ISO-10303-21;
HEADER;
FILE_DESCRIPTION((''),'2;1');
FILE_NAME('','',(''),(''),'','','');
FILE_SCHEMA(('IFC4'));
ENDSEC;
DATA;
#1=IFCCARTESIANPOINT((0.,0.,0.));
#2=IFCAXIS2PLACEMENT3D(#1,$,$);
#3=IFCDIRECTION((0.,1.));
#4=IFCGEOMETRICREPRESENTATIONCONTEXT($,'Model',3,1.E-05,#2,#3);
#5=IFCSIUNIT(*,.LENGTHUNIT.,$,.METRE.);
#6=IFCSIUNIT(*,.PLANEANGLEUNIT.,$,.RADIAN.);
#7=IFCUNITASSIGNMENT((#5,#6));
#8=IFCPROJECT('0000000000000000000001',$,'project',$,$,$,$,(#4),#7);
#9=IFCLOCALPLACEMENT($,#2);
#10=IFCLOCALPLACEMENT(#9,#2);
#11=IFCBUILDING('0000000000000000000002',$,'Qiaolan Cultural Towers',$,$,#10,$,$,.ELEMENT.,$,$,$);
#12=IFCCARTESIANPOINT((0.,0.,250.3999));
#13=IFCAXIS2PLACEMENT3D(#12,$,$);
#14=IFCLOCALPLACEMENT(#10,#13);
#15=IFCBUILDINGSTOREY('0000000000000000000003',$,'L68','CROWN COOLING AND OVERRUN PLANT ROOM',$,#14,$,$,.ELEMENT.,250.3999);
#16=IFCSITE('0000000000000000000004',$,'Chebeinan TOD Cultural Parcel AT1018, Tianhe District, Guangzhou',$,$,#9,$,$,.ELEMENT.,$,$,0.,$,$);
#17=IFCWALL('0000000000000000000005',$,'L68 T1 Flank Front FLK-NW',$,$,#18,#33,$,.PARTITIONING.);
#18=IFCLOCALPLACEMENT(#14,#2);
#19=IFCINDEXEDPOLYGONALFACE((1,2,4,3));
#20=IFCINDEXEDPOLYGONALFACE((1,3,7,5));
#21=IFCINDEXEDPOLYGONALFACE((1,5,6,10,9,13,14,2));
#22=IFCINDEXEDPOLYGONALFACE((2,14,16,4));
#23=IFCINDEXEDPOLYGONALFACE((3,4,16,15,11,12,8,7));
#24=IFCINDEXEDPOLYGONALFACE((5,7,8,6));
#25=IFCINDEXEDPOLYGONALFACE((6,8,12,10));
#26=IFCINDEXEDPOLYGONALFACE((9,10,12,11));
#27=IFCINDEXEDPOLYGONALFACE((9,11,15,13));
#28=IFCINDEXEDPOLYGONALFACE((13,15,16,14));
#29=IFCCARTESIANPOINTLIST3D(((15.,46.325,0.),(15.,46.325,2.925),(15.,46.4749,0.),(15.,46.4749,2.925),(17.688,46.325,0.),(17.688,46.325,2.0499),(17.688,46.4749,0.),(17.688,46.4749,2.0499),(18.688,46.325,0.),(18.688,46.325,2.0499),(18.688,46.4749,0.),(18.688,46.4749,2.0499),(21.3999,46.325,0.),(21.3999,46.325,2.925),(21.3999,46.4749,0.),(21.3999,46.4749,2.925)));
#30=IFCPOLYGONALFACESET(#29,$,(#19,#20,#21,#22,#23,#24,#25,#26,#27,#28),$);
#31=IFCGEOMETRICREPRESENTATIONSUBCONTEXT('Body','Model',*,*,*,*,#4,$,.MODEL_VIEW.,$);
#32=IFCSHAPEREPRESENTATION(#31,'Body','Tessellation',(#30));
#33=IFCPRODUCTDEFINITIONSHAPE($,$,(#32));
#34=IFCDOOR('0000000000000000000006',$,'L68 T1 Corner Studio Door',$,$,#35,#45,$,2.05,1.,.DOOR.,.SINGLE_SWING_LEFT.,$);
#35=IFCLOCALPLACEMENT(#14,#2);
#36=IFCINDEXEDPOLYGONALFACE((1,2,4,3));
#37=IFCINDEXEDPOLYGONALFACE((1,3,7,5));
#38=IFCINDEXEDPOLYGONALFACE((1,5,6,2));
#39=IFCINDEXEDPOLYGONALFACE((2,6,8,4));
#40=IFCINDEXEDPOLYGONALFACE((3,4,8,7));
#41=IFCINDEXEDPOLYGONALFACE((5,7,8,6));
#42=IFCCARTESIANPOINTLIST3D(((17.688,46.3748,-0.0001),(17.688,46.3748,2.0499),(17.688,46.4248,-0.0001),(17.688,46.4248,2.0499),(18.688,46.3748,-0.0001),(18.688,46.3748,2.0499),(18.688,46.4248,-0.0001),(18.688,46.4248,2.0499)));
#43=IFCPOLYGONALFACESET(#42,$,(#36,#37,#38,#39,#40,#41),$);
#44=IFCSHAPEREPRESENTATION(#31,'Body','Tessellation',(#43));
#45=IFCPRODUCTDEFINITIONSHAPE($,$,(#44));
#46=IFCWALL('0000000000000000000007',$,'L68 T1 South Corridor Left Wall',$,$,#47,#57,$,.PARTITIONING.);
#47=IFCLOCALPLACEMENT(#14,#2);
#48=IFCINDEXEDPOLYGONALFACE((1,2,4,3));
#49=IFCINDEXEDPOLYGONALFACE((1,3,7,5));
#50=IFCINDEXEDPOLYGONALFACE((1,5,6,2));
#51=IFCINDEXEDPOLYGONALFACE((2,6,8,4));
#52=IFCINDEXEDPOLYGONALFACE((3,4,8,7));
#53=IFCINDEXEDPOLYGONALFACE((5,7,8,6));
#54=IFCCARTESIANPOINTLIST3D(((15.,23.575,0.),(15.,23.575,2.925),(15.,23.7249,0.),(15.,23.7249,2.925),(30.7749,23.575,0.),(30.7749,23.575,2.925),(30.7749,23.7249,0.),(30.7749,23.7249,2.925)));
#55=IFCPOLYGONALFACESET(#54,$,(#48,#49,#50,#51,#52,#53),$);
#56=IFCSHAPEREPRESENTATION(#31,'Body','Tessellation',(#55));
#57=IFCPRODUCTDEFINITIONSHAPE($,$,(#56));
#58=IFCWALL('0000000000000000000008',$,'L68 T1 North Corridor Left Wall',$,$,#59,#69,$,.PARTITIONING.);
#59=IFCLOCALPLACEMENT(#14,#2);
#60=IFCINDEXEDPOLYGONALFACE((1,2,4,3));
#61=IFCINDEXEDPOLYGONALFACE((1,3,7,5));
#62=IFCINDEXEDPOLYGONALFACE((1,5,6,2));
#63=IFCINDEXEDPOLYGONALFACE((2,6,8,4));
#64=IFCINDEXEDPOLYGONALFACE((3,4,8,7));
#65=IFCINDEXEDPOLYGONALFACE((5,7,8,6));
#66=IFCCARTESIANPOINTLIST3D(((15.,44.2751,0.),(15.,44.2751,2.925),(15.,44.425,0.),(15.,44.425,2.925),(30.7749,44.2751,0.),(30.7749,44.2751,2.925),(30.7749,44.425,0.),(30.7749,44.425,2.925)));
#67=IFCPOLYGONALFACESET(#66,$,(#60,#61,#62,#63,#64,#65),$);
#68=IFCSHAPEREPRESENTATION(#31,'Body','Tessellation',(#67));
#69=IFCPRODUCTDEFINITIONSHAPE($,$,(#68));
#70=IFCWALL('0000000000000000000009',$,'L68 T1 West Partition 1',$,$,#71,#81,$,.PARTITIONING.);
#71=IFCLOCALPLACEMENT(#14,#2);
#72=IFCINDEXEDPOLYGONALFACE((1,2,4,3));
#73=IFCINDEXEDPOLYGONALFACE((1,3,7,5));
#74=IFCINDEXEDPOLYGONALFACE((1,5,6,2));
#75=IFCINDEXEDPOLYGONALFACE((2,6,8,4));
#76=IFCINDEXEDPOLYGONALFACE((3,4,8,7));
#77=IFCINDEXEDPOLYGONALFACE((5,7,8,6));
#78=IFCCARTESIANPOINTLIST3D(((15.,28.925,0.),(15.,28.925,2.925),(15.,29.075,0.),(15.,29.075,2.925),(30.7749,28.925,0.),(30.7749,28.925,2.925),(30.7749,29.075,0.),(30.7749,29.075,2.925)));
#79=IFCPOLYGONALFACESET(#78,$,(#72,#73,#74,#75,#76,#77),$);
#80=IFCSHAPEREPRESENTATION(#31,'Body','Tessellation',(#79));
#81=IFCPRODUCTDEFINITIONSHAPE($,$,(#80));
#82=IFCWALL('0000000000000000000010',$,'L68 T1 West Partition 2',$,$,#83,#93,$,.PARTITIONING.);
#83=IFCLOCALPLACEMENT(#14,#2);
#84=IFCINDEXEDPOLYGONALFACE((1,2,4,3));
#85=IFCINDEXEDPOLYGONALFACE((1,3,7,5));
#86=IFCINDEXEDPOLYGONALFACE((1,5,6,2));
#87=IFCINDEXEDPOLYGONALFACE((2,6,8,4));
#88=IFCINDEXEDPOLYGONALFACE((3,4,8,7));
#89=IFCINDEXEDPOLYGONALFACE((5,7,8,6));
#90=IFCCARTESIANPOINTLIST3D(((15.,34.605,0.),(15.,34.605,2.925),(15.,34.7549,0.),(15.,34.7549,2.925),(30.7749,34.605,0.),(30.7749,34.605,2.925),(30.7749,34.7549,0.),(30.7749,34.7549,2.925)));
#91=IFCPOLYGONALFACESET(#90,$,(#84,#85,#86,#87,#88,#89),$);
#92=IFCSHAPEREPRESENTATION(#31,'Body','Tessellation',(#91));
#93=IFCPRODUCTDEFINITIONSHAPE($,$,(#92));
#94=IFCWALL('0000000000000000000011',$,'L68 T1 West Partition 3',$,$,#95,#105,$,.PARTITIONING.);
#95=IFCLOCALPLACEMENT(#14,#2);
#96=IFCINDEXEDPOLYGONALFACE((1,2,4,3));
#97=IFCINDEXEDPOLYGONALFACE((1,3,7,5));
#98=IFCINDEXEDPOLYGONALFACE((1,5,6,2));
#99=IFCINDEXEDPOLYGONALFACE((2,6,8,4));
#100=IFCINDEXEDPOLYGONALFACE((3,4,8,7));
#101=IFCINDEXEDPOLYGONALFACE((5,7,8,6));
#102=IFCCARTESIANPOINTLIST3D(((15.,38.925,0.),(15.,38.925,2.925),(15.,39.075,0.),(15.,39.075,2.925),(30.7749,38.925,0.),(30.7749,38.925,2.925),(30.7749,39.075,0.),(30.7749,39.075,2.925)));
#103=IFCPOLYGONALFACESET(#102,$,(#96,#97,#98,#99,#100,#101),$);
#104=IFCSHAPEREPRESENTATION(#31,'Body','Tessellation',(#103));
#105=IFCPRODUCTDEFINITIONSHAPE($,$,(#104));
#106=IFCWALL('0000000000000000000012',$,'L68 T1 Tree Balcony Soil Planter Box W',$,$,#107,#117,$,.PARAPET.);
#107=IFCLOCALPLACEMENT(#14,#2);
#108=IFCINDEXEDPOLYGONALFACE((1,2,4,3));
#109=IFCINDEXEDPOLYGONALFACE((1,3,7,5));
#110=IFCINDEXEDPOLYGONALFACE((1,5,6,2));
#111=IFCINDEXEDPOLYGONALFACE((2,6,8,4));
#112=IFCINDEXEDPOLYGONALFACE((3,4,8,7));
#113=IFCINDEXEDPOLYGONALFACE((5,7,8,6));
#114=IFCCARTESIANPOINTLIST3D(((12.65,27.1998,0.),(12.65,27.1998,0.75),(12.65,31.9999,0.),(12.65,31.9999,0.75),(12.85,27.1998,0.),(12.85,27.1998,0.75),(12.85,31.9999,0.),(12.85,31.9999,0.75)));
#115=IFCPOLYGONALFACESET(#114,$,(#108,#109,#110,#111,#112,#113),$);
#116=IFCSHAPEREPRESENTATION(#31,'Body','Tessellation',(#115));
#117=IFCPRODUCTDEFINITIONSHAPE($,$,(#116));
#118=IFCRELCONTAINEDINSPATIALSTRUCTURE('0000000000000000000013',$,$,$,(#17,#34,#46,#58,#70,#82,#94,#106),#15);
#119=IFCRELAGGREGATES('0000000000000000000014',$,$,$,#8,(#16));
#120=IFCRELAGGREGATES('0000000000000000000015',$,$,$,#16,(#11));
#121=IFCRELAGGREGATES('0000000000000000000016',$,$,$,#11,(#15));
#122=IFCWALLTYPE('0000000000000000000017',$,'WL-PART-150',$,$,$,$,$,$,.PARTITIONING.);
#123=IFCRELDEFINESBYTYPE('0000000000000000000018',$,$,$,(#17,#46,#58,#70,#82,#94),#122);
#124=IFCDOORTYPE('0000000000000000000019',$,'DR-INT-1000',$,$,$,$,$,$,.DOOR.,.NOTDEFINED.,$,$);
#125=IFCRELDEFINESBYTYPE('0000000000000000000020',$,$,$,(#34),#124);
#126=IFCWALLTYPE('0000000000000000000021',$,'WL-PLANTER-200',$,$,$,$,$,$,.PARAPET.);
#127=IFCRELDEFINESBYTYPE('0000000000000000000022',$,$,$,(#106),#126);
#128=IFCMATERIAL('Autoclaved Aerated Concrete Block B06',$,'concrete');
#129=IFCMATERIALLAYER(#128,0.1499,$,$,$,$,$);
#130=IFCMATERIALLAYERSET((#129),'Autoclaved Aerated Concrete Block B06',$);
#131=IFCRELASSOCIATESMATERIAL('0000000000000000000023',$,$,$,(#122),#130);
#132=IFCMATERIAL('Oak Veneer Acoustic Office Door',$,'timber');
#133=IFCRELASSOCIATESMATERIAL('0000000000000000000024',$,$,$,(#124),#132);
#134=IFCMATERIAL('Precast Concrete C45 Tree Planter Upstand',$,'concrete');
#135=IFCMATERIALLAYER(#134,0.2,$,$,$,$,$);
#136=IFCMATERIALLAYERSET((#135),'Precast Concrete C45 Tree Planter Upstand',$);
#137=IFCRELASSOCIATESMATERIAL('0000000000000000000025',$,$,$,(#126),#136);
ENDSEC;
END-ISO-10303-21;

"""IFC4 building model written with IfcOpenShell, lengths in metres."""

from ifc_helpers import new_model, si_unit, direction, frame, frame_2d, origin, place, context, subcontext, project, spatial, rectangle, extrude, material, layer, layer_set, type_object, element, fill, save


model = new_model("IFC4")

# Units and contexts
model_context = context("Model", 3, precision=1e-05, world=origin(), true_north=direction((0.0, 1.0)))
body_context = subcontext(model_context, "Body", "Model", "MODEL_VIEW")
ifc_project = project(units=[si_unit("LENGTHUNIT", "METRE"), si_unit("PLANEANGLEUNIT", "RADIAN")], contexts=[model_context])

# Site, building, storey
site_placement = place(None, origin())
site = spatial("IfcSite", under=ifc_project, at=site_placement, Name="Chebeinan TOD Cultural Parcel AT1018, Tianhe District, Guangzhou", CompositionType="ELEMENT", RefElevation=0.0)
building_placement = place(site_placement, origin())
building = spatial("IfcBuilding", under=site, at=building_placement, Name="Qiaolan Cultural Towers", CompositionType="ELEMENT")
storey_placement = place(building_placement, frame((0.0, 0.0, 250.3999)))
storey = spatial("IfcBuildingStorey", under=building, at=storey_placement, Name="L68", Description="CROWN COOLING AND OVERRUN PLANT ROOM", CompositionType="ELEMENT", Elevation=250.3999)

# Wall, opening, door
ifc_material_1 = material(Name="Autoclaved Aerated Concrete Block B06", Category="concrete")
ifc_layer_1 = layer(ifc_material_1, 0.1499)
ifc_layer_set_1 = layer_set([ifc_layer_1], Name="Autoclaved Aerated Concrete Block B06")
wall_type_1 = type_object("IfcWallType", Name="WL-PART-150", PredefinedType="PARTITIONING", material=ifc_layer_set_1)
wall_1_placement = place(storey_placement, frame((15.0, 46.3999, 0.0), z_axis=(0.0, 0.0, 1.0), x_axis=(1.0, 0.0, 0.0)))
wall_1 = element("IfcWall", 1, at=wall_1_placement, inside=storey, type_object=wall_type_1, Name="L68 T1 Flank Front FLK-NW", PredefinedType="PARTITIONING", context=body_context, shape_type="SweptSolid", body=[
    extrude(rectangle(XDim=6.3999, YDim=0.1499, at=frame_2d((3.2, 0.0))), origin(), (0.0, 0.0, 1.0), 2.925),
])
opening_placement = place(wall_1_placement, frame((2.688, 0.0, 0.0)))
opening = element("IfcOpeningElement", 2, at=opening_placement, cuts=wall_1, PredefinedType="OPENING", context=body_context, shape_type="SweptSolid", body=[
    extrude(rectangle(XDim=1.0, YDim=2.05, at=frame_2d((0.5, 1.0249))), frame((0.0, 0.085, 0.0), z_axis=(0.0, -1.0, 0.0), x_axis=(1.0, 0.0, 0.0)), (0.0, 0.0, 1.0), 0.1699),
])
ifc_material_2 = material(Name="Oak Veneer Acoustic Office Door", Category="timber")
door_type = type_object("IfcDoorType", Name="DR-INT-1000", OperationType="NOTDEFINED", PredefinedType="DOOR", material=ifc_material_2)
door_placement = place(opening_placement, origin())
door = element("IfcDoor", 3, at=door_placement, inside=storey, type_object=door_type, Name="L68 T1 Corner Studio Door", OperationType="SINGLE_SWING_LEFT", OverallHeight=2.05, OverallWidth=1.0, PredefinedType="DOOR", context=body_context, shape_type="SweptSolid", body=[
    extrude(rectangle(XDim=1.0, YDim=2.05, at=frame_2d((0.5, 1.0249))), frame((0.0, 0.0249, 0.0), z_axis=(0.0, -1.0, 0.0), x_axis=(1.0, 0.0, 0.0)), (0.0, 0.0, 1.0), 0.05),
])
fill(opening, door)

# Walls
for number, where, z_axis, x_axis, name in (
    (4, (15.0, 23.6499, 0.0), (0.0, 0.0, 1.0), (1.0, 0.0, 0.0), "L68 T1 South Corridor Left Wall"),
    (5, (15.0, 44.3501, 0.0), (0.0, 0.0, 1.0), (1.0, 0.0, 0.0), "L68 T1 North Corridor Left Wall"),
    (6, (15.0, 29.0, 0.0), (0.0, 0.0, 1.0), (1.0, 0.0, 0.0), "L68 T1 West Partition 1"),
    (7, (15.0, 34.6799, 0.0), (0.0, 0.0, 1.0), (1.0, 0.0, 0.0), "L68 T1 West Partition 2"),
    (8, (15.0, 39.0, 0.0), (0.0, 0.0, 1.0), (1.0, 0.0, 0.0), "L68 T1 West Partition 3"),
):
    element("IfcWall", number, at=place(storey_placement, frame(where, z_axis=z_axis, x_axis=x_axis)), inside=storey, type_object=wall_type_1, Name=name, PredefinedType="PARTITIONING", context=body_context, shape_type="SweptSolid", body=[
        extrude(rectangle(XDim=15.7749, YDim=0.1499, at=frame_2d((7.8875, 0.0))), origin(), (0.0, 0.0, 1.0), 2.925),
    ])
ifc_material_3 = material(Name="Precast Concrete C45 Tree Planter Upstand", Category="concrete")
ifc_layer_2 = layer(ifc_material_3, 0.2)
ifc_layer_set_2 = layer_set([ifc_layer_2], Name="Precast Concrete C45 Tree Planter Upstand")
wall_type_2 = type_object("IfcWallType", Name="WL-PLANTER-200", PredefinedType="PARAPET", material=ifc_layer_set_2)
wall_2_placement = place(storey_placement, frame((12.75, 27.2, 0.0), z_axis=(0.0, 0.0, 1.0), x_axis=(0.0, 1.0, 0.0)))
element("IfcWall", 9, at=wall_2_placement, inside=storey, type_object=wall_type_2, Name="L68 T1 Tree Balcony Soil Planter Box W", PredefinedType="PARAPET", context=body_context, shape_type="SweptSolid", body=[
    extrude(rectangle(XDim=4.8, YDim=0.2, at=frame_2d((2.3999, 0.0))), origin(), (0.0, 0.0, 1.0), 0.75),
])

save(model, "model.ifc")
